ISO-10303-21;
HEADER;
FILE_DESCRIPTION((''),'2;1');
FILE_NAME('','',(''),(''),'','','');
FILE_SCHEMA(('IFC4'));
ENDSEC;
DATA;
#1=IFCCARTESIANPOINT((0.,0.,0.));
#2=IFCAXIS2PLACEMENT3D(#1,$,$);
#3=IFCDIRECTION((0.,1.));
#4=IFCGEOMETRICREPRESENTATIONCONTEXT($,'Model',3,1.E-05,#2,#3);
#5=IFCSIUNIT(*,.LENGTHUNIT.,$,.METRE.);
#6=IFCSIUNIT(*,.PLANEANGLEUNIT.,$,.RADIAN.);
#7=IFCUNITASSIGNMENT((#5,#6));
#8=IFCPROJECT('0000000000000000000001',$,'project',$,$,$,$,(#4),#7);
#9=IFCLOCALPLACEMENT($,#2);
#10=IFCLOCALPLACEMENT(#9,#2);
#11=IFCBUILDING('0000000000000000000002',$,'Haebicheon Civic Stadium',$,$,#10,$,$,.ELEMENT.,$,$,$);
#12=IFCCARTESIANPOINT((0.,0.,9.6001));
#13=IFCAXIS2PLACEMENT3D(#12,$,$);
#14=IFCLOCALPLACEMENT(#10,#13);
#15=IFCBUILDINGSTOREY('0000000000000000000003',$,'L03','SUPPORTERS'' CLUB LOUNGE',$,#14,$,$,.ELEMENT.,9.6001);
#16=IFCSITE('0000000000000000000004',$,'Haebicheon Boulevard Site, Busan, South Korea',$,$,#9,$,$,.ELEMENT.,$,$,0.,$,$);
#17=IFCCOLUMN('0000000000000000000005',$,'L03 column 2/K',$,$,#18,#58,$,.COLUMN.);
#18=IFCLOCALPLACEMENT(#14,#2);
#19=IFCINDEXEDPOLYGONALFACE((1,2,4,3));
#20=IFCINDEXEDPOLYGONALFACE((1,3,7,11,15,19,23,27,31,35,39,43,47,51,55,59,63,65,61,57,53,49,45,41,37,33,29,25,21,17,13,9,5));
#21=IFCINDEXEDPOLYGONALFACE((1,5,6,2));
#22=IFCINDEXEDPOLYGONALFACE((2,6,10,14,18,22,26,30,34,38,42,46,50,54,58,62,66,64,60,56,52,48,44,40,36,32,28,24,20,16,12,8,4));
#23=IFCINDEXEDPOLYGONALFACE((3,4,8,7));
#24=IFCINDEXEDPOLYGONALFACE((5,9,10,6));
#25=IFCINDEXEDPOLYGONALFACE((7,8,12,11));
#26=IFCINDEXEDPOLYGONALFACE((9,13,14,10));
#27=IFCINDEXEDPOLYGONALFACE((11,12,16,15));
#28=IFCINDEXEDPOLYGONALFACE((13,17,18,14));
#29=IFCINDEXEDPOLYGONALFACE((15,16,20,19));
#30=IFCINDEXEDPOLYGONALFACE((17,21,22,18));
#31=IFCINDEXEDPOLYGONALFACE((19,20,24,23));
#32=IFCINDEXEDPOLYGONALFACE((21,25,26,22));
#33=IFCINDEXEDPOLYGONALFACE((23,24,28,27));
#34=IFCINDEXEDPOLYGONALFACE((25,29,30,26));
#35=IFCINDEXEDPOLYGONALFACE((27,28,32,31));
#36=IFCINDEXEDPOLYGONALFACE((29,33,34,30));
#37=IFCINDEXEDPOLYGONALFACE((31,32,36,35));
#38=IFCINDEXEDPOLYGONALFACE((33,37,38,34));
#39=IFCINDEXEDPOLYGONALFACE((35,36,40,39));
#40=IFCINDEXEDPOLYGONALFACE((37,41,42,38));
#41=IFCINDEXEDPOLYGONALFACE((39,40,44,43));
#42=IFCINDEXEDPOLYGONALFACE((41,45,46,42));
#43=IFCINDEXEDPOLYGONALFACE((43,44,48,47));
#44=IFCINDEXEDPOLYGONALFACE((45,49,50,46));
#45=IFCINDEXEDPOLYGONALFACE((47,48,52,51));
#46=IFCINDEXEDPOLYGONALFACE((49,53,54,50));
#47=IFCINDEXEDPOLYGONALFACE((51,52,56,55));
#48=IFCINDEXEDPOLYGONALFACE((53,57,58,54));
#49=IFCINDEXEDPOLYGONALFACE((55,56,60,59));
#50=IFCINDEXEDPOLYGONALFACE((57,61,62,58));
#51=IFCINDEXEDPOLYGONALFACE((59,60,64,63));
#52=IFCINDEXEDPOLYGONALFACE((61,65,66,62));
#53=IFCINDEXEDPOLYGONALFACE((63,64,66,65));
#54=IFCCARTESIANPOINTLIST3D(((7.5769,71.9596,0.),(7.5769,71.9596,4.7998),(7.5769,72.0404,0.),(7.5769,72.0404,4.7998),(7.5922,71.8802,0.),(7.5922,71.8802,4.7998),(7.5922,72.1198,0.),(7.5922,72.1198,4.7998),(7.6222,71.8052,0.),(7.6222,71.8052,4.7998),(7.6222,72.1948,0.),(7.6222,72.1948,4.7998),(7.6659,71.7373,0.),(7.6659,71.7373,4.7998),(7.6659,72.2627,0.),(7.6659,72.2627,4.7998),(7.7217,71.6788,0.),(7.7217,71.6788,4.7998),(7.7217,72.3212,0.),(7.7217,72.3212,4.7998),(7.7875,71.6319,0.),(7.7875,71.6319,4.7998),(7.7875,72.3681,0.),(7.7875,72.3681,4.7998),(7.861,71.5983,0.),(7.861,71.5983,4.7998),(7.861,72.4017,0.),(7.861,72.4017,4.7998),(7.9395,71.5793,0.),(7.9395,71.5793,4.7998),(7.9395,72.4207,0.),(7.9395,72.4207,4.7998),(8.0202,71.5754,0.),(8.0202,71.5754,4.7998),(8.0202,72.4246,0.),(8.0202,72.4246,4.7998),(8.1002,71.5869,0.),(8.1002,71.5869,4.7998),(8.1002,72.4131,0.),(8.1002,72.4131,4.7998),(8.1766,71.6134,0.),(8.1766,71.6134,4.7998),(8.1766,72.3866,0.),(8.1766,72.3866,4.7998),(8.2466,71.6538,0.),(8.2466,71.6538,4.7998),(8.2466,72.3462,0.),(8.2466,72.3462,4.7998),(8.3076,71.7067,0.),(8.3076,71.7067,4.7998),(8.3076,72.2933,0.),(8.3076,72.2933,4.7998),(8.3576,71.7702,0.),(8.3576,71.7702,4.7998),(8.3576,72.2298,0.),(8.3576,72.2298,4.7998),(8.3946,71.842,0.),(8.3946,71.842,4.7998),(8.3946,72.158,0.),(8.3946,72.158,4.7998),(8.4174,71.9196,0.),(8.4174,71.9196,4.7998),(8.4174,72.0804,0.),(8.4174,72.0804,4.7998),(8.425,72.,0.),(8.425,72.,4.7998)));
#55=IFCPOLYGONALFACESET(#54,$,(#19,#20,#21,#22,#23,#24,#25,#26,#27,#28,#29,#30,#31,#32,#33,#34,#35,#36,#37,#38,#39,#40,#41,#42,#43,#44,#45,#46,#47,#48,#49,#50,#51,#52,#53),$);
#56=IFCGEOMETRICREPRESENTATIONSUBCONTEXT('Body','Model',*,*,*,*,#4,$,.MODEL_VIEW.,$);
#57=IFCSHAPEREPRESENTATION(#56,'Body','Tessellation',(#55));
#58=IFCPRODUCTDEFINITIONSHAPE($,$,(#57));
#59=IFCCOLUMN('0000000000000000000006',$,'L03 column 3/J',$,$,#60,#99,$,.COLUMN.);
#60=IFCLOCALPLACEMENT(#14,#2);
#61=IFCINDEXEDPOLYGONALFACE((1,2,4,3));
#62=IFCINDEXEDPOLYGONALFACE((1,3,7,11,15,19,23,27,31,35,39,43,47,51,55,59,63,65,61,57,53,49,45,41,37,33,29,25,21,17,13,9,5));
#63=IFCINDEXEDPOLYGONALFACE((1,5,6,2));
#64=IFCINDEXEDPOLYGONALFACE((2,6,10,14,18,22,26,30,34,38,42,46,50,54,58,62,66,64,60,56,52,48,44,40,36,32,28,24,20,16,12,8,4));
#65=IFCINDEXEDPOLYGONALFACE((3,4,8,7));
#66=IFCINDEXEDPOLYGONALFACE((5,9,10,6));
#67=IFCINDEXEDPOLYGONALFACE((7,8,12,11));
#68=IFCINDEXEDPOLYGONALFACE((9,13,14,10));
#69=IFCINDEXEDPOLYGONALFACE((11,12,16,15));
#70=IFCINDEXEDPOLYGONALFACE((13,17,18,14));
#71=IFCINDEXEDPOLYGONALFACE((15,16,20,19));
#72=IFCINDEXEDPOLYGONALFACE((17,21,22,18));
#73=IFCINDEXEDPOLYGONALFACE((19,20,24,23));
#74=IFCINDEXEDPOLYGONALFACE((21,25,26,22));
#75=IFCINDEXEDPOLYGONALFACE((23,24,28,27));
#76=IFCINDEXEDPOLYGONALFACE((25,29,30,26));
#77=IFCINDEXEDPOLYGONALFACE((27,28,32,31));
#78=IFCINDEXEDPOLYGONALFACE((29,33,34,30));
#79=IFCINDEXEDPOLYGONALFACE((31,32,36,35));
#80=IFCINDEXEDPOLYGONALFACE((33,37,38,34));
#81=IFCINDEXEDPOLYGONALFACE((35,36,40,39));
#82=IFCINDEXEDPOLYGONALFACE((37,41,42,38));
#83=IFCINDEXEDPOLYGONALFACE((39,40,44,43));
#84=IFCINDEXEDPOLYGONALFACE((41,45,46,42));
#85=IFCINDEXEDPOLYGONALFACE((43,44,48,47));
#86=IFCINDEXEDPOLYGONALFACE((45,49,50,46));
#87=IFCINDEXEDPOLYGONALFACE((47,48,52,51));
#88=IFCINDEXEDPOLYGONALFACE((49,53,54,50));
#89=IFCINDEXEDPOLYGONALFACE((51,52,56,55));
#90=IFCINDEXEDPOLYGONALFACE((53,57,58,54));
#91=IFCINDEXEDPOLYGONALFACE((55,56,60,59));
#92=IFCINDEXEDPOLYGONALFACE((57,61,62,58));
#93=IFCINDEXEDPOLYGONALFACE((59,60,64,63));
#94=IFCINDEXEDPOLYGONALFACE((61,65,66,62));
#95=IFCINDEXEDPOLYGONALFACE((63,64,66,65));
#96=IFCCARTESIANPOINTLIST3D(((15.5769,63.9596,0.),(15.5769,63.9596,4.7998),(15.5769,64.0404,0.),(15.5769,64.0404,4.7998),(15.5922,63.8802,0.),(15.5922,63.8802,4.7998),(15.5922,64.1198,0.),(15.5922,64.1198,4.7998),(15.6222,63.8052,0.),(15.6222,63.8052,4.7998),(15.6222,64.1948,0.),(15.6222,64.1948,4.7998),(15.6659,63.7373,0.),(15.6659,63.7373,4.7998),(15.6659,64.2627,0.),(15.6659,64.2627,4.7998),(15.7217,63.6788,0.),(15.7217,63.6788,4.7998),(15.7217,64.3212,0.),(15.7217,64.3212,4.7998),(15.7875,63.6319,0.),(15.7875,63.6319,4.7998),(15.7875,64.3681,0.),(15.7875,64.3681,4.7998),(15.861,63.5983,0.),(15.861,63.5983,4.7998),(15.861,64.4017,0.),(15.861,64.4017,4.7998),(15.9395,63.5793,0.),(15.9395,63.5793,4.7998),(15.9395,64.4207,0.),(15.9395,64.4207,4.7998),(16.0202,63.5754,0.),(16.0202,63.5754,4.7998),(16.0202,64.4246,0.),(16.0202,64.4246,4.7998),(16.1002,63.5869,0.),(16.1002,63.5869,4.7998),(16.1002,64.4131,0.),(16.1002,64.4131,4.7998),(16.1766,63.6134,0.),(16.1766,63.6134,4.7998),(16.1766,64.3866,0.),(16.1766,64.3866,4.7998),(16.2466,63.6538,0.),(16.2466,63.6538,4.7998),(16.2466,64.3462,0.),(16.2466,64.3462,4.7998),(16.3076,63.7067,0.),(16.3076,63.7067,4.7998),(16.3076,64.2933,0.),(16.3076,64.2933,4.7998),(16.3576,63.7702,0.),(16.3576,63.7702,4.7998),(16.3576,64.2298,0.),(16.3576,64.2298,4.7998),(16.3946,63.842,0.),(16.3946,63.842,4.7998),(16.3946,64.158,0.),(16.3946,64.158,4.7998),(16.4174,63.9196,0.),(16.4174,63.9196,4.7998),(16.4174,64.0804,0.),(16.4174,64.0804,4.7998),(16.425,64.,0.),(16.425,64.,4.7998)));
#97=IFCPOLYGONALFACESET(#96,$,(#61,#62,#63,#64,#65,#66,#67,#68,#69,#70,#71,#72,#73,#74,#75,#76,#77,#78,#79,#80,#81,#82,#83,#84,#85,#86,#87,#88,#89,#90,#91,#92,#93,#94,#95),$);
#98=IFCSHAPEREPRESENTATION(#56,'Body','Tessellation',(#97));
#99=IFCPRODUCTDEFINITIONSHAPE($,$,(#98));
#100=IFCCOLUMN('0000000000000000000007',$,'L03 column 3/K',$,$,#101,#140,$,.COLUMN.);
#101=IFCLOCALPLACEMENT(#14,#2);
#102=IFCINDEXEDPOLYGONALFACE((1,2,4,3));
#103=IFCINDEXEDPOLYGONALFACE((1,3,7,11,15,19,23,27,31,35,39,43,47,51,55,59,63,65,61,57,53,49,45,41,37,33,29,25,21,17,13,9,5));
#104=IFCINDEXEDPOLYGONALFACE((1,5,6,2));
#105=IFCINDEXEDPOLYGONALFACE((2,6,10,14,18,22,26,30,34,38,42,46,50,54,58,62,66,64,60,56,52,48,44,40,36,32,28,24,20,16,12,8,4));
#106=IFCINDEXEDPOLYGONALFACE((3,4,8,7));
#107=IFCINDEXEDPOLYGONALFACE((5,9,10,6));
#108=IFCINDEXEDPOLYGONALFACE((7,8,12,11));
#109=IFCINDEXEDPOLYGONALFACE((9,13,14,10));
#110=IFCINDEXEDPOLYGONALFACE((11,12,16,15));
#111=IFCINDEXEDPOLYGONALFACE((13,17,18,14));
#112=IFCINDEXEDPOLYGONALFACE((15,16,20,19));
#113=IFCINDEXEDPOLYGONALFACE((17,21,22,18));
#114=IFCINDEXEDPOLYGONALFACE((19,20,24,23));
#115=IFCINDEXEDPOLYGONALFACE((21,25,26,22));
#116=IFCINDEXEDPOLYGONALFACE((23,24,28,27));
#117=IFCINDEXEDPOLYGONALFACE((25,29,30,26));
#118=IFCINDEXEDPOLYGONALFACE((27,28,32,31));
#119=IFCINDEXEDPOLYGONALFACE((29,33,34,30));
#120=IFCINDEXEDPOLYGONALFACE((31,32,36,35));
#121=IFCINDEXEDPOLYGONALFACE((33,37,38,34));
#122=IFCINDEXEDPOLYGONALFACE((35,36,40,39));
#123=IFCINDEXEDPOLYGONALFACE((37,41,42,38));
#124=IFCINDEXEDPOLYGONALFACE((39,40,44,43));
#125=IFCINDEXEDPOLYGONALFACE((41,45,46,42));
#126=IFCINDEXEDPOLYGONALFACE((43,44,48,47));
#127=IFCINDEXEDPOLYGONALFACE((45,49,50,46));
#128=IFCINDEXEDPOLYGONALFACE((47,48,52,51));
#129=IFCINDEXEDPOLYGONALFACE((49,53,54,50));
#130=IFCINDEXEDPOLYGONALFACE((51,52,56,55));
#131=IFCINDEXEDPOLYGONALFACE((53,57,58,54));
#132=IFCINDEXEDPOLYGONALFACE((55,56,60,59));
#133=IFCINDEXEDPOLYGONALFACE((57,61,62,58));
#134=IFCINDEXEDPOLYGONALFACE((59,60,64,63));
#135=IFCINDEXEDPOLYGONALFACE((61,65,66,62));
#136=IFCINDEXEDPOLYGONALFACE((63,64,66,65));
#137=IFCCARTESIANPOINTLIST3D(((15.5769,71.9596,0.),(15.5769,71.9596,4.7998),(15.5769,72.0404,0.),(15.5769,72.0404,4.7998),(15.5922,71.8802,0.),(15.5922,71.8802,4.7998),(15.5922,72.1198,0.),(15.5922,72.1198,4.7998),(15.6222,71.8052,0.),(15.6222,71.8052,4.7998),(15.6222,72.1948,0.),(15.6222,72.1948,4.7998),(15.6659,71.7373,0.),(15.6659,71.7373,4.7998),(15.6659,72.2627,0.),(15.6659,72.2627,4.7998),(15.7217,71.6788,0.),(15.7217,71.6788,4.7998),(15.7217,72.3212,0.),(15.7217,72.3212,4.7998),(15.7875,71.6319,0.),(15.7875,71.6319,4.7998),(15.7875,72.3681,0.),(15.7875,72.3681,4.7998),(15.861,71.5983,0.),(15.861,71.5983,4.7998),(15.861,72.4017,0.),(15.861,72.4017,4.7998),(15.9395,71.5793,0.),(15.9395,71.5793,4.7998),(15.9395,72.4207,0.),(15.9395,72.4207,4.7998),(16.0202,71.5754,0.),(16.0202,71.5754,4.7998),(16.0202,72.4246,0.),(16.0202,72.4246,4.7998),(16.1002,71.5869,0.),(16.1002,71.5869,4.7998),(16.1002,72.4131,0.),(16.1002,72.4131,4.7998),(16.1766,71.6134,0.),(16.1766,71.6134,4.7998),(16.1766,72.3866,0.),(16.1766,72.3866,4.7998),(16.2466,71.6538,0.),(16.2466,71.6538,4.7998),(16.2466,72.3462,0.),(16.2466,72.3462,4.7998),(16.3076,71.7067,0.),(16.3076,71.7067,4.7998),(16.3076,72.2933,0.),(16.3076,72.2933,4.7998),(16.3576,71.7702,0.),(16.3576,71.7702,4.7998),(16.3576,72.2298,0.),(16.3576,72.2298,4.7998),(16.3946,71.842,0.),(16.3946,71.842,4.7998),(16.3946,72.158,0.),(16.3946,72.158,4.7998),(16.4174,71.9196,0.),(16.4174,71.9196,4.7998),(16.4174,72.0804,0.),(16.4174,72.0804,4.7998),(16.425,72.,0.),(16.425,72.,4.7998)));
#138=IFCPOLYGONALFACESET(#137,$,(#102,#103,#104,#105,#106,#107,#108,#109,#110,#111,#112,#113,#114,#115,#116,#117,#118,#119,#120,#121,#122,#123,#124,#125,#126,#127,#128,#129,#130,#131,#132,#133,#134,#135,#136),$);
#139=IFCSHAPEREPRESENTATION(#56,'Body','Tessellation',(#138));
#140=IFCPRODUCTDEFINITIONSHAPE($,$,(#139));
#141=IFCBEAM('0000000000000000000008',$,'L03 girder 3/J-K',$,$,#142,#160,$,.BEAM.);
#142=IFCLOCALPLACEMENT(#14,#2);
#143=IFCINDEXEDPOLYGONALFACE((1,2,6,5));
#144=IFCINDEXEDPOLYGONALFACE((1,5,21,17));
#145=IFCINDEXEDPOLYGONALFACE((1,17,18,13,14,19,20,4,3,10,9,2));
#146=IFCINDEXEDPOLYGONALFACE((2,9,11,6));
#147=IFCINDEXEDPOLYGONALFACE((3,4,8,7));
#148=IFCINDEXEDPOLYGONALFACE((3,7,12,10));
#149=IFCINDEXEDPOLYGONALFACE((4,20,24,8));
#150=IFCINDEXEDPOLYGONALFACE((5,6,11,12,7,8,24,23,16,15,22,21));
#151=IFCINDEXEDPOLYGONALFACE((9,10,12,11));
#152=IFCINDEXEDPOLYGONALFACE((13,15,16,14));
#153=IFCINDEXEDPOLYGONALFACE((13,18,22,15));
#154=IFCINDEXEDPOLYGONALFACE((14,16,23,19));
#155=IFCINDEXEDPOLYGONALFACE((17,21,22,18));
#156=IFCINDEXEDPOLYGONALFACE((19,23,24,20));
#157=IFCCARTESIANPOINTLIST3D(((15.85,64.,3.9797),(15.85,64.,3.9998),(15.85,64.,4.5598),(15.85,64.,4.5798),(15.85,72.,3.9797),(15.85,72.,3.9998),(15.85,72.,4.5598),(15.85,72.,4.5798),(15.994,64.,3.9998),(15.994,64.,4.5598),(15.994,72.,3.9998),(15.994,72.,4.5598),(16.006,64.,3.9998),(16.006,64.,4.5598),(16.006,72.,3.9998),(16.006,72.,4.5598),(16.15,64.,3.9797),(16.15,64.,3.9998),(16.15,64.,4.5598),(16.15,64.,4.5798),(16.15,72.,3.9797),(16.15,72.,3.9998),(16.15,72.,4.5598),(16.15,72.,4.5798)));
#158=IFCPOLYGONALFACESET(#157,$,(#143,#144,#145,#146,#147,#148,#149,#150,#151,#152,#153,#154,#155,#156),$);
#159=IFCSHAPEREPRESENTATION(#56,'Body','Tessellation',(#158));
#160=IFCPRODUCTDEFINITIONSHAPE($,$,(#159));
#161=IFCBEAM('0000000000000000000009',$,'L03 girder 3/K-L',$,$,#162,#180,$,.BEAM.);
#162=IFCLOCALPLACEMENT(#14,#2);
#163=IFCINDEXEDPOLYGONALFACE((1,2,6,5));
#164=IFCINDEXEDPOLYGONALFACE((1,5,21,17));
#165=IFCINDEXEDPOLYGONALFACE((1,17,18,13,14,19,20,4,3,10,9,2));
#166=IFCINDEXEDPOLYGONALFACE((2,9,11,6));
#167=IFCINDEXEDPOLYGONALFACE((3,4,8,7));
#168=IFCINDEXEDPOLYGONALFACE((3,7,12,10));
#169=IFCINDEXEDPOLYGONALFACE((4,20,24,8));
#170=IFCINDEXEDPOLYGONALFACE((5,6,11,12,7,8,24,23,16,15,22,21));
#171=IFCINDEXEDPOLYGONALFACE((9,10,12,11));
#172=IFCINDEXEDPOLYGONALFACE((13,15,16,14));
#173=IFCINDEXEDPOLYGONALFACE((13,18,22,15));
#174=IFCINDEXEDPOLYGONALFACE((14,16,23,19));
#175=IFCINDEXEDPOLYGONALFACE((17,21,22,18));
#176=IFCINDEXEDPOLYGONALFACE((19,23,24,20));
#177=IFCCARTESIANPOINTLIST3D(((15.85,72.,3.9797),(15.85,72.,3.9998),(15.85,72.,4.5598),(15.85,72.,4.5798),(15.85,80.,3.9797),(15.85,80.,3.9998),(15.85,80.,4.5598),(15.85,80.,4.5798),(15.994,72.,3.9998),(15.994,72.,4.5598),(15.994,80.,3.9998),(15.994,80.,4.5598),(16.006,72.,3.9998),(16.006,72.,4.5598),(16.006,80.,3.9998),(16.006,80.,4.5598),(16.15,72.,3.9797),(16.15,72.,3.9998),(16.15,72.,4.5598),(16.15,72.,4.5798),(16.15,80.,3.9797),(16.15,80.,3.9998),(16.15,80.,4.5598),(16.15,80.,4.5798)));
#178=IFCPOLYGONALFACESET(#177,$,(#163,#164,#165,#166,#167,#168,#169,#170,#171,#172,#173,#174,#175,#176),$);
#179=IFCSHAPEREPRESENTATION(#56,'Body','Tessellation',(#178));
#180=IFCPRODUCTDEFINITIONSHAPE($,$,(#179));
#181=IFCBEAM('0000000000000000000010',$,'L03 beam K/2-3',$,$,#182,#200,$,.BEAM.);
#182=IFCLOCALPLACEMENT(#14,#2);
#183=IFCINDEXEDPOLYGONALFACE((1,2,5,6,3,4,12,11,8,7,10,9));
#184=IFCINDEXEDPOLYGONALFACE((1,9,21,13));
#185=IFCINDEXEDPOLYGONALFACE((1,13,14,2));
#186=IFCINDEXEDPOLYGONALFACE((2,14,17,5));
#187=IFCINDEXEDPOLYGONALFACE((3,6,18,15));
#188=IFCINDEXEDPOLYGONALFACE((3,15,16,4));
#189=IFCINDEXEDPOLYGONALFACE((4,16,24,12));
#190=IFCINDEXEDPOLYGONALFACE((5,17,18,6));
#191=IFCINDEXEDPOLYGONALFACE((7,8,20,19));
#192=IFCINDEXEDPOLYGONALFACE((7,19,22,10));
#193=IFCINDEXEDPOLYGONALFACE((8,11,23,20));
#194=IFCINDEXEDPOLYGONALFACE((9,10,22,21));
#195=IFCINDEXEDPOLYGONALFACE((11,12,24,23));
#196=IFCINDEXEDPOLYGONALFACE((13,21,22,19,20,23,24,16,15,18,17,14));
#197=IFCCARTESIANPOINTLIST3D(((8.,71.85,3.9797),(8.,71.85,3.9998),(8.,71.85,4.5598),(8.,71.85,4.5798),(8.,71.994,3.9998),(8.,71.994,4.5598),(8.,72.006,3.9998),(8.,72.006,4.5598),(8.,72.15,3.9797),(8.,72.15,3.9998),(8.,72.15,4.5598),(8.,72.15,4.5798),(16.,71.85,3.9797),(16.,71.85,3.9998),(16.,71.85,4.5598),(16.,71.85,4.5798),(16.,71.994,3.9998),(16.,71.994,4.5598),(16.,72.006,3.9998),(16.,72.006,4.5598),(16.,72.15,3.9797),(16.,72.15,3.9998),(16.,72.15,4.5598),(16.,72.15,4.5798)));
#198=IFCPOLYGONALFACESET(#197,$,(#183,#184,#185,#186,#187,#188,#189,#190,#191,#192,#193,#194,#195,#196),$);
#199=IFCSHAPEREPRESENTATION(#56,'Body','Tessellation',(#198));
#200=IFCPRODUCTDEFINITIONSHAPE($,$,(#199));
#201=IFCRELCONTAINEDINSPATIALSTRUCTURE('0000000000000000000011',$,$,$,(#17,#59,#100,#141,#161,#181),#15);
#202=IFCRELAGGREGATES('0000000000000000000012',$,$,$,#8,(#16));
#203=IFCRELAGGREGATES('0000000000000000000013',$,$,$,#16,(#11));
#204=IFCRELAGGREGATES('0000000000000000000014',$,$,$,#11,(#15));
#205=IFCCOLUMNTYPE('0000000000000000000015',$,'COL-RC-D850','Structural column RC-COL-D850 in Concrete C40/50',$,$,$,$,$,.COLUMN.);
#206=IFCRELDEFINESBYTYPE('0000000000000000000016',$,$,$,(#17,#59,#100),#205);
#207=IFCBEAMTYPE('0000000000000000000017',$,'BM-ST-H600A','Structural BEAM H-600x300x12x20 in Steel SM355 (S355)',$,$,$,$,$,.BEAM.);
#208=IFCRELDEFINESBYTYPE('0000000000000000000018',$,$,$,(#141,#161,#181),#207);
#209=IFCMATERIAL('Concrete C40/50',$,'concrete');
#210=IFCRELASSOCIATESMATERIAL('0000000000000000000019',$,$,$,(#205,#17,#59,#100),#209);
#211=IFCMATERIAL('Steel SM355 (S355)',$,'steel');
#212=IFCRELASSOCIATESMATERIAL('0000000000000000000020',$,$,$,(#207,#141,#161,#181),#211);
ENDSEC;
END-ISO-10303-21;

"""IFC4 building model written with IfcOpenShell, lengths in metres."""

from ifc_helpers import new_model, si_unit, direction, frame, origin, origin_2d, place, context, subcontext, project, spatial, circle, i_section, extrude, material, material_profile, profile_set, type_object, element, save


model = new_model("IFC4")

# Units and contexts
model_context = context("Model", 3, precision=1e-05, world=origin(), true_north=direction((0.0, 1.0)))
body_context = subcontext(model_context, "Body", "Model", "MODEL_VIEW")
ifc_project = project(units=[si_unit("LENGTHUNIT", "METRE"), si_unit("PLANEANGLEUNIT", "RADIAN")], contexts=[model_context])

# Site, building, storey
site_placement = place(None, origin())
site = spatial("IfcSite", under=ifc_project, at=site_placement, Name="Haebicheon Boulevard Site, Busan, South Korea", CompositionType="ELEMENT", RefElevation=0.0)
building_placement = place(site_placement, origin())
building = spatial("IfcBuilding", under=site, at=building_placement, Name="Haebicheon Civic Stadium", CompositionType="ELEMENT")
storey_placement = place(building_placement, frame((0.0, 0.0, 9.6001)))
storey = spatial("IfcBuildingStorey", under=building, at=storey_placement, Name="L03", Description="SUPPORTERS' CLUB LOUNGE", CompositionType="ELEMENT", Elevation=9.6001)

# Columns
ifc_material_1 = material(Name="Concrete C40/50", Category="concrete")
ifc_material_profile_1 = material_profile(ifc_material_1, circle(Radius=0.425, at=origin_2d()), Name="RC-COL-D850")
ifc_profile_set_1 = profile_set([ifc_material_profile_1], Name="Concrete C40/50")
column_type = type_object("IfcColumnType", Name="COL-RC-D850", Description="Structural column RC-COL-D850 in Concrete C40/50", PredefinedType="COLUMN", material=ifc_profile_set_1)
for number, where, z_axis, x_axis, name in (
    (1, (8.0, 72.0, 0.0), (0.0, 0.0, 1.0), (1.0, 0.0, 0.0), "L03 column 2/K"),
    (2, (16.0, 64.0, 0.0), (0.0, 0.0, 1.0), (1.0, 0.0, 0.0), "L03 column 3/J"),
    (3, (16.0, 72.0, 0.0), (0.0, 0.0, 1.0), (1.0, 0.0, 0.0), "L03 column 3/K"),
):
    element("IfcColumn", number, at=place(storey_placement, frame(where, z_axis=z_axis, x_axis=x_axis)), inside=storey, type_object=column_type, material=ifc_profile_set_1, Name=name, PredefinedType="COLUMN", context=body_context, shape_type="SweptSolid", body=[
        extrude(circle(Radius=0.425, at=origin_2d()), origin(), (0.0, 0.0, 1.0), 4.7998),
    ])

# Beams
ifc_material_2 = material(Name="Steel SM355 (S355)", Category="steel")
ifc_material_profile_2 = material_profile(ifc_material_2, i_section(OverallWidth=0.3, OverallDepth=0.6001, WebThickness=0.012, FlangeThickness=0.02, at=origin_2d()), Name="H-600x300x12x20")
ifc_profile_set_2 = profile_set([ifc_material_profile_2], Name="Steel SM355 (S355)")
beam_type_1 = type_object("IfcBeamType", Name="BM-ST-H600A", Description="Structural BEAM H-600x300x12x20 in Steel SM355 (S355)", PredefinedType="BEAM", material=ifc_profile_set_2)
for number, where, z_axis, x_axis, name in (
    (4, (16.0, 64.0, 4.2798), (0.0, 1.0, 0.0), (-1.0, 0.0, 0.0), "L03 girder 3/J-K"),
    (5, (16.0, 72.0, 4.2798), (0.0, 1.0, 0.0), (-1.0, 0.0, 0.0), "L03 girder 3/K-L"),
    (6, (8.0, 72.0, 4.2798), (1.0, 0.0, 0.0), (0.0, 1.0, 0.0), "L03 beam K/2-3"),
):
    element("IfcBeam", number, at=place(storey_placement, frame(where, z_axis=z_axis, x_axis=x_axis)), inside=storey, type_object=beam_type_1, material=ifc_profile_set_2, Name=name, PredefinedType="BEAM", context=body_context, shape_type="SweptSolid", body=[
        extrude(i_section(OverallWidth=0.3, OverallDepth=0.6001, WebThickness=0.012, FlangeThickness=0.02, at=origin_2d()), origin(), (0.0, 0.0, 1.0), 8.0),
    ])

save(model, "model.ifc")
